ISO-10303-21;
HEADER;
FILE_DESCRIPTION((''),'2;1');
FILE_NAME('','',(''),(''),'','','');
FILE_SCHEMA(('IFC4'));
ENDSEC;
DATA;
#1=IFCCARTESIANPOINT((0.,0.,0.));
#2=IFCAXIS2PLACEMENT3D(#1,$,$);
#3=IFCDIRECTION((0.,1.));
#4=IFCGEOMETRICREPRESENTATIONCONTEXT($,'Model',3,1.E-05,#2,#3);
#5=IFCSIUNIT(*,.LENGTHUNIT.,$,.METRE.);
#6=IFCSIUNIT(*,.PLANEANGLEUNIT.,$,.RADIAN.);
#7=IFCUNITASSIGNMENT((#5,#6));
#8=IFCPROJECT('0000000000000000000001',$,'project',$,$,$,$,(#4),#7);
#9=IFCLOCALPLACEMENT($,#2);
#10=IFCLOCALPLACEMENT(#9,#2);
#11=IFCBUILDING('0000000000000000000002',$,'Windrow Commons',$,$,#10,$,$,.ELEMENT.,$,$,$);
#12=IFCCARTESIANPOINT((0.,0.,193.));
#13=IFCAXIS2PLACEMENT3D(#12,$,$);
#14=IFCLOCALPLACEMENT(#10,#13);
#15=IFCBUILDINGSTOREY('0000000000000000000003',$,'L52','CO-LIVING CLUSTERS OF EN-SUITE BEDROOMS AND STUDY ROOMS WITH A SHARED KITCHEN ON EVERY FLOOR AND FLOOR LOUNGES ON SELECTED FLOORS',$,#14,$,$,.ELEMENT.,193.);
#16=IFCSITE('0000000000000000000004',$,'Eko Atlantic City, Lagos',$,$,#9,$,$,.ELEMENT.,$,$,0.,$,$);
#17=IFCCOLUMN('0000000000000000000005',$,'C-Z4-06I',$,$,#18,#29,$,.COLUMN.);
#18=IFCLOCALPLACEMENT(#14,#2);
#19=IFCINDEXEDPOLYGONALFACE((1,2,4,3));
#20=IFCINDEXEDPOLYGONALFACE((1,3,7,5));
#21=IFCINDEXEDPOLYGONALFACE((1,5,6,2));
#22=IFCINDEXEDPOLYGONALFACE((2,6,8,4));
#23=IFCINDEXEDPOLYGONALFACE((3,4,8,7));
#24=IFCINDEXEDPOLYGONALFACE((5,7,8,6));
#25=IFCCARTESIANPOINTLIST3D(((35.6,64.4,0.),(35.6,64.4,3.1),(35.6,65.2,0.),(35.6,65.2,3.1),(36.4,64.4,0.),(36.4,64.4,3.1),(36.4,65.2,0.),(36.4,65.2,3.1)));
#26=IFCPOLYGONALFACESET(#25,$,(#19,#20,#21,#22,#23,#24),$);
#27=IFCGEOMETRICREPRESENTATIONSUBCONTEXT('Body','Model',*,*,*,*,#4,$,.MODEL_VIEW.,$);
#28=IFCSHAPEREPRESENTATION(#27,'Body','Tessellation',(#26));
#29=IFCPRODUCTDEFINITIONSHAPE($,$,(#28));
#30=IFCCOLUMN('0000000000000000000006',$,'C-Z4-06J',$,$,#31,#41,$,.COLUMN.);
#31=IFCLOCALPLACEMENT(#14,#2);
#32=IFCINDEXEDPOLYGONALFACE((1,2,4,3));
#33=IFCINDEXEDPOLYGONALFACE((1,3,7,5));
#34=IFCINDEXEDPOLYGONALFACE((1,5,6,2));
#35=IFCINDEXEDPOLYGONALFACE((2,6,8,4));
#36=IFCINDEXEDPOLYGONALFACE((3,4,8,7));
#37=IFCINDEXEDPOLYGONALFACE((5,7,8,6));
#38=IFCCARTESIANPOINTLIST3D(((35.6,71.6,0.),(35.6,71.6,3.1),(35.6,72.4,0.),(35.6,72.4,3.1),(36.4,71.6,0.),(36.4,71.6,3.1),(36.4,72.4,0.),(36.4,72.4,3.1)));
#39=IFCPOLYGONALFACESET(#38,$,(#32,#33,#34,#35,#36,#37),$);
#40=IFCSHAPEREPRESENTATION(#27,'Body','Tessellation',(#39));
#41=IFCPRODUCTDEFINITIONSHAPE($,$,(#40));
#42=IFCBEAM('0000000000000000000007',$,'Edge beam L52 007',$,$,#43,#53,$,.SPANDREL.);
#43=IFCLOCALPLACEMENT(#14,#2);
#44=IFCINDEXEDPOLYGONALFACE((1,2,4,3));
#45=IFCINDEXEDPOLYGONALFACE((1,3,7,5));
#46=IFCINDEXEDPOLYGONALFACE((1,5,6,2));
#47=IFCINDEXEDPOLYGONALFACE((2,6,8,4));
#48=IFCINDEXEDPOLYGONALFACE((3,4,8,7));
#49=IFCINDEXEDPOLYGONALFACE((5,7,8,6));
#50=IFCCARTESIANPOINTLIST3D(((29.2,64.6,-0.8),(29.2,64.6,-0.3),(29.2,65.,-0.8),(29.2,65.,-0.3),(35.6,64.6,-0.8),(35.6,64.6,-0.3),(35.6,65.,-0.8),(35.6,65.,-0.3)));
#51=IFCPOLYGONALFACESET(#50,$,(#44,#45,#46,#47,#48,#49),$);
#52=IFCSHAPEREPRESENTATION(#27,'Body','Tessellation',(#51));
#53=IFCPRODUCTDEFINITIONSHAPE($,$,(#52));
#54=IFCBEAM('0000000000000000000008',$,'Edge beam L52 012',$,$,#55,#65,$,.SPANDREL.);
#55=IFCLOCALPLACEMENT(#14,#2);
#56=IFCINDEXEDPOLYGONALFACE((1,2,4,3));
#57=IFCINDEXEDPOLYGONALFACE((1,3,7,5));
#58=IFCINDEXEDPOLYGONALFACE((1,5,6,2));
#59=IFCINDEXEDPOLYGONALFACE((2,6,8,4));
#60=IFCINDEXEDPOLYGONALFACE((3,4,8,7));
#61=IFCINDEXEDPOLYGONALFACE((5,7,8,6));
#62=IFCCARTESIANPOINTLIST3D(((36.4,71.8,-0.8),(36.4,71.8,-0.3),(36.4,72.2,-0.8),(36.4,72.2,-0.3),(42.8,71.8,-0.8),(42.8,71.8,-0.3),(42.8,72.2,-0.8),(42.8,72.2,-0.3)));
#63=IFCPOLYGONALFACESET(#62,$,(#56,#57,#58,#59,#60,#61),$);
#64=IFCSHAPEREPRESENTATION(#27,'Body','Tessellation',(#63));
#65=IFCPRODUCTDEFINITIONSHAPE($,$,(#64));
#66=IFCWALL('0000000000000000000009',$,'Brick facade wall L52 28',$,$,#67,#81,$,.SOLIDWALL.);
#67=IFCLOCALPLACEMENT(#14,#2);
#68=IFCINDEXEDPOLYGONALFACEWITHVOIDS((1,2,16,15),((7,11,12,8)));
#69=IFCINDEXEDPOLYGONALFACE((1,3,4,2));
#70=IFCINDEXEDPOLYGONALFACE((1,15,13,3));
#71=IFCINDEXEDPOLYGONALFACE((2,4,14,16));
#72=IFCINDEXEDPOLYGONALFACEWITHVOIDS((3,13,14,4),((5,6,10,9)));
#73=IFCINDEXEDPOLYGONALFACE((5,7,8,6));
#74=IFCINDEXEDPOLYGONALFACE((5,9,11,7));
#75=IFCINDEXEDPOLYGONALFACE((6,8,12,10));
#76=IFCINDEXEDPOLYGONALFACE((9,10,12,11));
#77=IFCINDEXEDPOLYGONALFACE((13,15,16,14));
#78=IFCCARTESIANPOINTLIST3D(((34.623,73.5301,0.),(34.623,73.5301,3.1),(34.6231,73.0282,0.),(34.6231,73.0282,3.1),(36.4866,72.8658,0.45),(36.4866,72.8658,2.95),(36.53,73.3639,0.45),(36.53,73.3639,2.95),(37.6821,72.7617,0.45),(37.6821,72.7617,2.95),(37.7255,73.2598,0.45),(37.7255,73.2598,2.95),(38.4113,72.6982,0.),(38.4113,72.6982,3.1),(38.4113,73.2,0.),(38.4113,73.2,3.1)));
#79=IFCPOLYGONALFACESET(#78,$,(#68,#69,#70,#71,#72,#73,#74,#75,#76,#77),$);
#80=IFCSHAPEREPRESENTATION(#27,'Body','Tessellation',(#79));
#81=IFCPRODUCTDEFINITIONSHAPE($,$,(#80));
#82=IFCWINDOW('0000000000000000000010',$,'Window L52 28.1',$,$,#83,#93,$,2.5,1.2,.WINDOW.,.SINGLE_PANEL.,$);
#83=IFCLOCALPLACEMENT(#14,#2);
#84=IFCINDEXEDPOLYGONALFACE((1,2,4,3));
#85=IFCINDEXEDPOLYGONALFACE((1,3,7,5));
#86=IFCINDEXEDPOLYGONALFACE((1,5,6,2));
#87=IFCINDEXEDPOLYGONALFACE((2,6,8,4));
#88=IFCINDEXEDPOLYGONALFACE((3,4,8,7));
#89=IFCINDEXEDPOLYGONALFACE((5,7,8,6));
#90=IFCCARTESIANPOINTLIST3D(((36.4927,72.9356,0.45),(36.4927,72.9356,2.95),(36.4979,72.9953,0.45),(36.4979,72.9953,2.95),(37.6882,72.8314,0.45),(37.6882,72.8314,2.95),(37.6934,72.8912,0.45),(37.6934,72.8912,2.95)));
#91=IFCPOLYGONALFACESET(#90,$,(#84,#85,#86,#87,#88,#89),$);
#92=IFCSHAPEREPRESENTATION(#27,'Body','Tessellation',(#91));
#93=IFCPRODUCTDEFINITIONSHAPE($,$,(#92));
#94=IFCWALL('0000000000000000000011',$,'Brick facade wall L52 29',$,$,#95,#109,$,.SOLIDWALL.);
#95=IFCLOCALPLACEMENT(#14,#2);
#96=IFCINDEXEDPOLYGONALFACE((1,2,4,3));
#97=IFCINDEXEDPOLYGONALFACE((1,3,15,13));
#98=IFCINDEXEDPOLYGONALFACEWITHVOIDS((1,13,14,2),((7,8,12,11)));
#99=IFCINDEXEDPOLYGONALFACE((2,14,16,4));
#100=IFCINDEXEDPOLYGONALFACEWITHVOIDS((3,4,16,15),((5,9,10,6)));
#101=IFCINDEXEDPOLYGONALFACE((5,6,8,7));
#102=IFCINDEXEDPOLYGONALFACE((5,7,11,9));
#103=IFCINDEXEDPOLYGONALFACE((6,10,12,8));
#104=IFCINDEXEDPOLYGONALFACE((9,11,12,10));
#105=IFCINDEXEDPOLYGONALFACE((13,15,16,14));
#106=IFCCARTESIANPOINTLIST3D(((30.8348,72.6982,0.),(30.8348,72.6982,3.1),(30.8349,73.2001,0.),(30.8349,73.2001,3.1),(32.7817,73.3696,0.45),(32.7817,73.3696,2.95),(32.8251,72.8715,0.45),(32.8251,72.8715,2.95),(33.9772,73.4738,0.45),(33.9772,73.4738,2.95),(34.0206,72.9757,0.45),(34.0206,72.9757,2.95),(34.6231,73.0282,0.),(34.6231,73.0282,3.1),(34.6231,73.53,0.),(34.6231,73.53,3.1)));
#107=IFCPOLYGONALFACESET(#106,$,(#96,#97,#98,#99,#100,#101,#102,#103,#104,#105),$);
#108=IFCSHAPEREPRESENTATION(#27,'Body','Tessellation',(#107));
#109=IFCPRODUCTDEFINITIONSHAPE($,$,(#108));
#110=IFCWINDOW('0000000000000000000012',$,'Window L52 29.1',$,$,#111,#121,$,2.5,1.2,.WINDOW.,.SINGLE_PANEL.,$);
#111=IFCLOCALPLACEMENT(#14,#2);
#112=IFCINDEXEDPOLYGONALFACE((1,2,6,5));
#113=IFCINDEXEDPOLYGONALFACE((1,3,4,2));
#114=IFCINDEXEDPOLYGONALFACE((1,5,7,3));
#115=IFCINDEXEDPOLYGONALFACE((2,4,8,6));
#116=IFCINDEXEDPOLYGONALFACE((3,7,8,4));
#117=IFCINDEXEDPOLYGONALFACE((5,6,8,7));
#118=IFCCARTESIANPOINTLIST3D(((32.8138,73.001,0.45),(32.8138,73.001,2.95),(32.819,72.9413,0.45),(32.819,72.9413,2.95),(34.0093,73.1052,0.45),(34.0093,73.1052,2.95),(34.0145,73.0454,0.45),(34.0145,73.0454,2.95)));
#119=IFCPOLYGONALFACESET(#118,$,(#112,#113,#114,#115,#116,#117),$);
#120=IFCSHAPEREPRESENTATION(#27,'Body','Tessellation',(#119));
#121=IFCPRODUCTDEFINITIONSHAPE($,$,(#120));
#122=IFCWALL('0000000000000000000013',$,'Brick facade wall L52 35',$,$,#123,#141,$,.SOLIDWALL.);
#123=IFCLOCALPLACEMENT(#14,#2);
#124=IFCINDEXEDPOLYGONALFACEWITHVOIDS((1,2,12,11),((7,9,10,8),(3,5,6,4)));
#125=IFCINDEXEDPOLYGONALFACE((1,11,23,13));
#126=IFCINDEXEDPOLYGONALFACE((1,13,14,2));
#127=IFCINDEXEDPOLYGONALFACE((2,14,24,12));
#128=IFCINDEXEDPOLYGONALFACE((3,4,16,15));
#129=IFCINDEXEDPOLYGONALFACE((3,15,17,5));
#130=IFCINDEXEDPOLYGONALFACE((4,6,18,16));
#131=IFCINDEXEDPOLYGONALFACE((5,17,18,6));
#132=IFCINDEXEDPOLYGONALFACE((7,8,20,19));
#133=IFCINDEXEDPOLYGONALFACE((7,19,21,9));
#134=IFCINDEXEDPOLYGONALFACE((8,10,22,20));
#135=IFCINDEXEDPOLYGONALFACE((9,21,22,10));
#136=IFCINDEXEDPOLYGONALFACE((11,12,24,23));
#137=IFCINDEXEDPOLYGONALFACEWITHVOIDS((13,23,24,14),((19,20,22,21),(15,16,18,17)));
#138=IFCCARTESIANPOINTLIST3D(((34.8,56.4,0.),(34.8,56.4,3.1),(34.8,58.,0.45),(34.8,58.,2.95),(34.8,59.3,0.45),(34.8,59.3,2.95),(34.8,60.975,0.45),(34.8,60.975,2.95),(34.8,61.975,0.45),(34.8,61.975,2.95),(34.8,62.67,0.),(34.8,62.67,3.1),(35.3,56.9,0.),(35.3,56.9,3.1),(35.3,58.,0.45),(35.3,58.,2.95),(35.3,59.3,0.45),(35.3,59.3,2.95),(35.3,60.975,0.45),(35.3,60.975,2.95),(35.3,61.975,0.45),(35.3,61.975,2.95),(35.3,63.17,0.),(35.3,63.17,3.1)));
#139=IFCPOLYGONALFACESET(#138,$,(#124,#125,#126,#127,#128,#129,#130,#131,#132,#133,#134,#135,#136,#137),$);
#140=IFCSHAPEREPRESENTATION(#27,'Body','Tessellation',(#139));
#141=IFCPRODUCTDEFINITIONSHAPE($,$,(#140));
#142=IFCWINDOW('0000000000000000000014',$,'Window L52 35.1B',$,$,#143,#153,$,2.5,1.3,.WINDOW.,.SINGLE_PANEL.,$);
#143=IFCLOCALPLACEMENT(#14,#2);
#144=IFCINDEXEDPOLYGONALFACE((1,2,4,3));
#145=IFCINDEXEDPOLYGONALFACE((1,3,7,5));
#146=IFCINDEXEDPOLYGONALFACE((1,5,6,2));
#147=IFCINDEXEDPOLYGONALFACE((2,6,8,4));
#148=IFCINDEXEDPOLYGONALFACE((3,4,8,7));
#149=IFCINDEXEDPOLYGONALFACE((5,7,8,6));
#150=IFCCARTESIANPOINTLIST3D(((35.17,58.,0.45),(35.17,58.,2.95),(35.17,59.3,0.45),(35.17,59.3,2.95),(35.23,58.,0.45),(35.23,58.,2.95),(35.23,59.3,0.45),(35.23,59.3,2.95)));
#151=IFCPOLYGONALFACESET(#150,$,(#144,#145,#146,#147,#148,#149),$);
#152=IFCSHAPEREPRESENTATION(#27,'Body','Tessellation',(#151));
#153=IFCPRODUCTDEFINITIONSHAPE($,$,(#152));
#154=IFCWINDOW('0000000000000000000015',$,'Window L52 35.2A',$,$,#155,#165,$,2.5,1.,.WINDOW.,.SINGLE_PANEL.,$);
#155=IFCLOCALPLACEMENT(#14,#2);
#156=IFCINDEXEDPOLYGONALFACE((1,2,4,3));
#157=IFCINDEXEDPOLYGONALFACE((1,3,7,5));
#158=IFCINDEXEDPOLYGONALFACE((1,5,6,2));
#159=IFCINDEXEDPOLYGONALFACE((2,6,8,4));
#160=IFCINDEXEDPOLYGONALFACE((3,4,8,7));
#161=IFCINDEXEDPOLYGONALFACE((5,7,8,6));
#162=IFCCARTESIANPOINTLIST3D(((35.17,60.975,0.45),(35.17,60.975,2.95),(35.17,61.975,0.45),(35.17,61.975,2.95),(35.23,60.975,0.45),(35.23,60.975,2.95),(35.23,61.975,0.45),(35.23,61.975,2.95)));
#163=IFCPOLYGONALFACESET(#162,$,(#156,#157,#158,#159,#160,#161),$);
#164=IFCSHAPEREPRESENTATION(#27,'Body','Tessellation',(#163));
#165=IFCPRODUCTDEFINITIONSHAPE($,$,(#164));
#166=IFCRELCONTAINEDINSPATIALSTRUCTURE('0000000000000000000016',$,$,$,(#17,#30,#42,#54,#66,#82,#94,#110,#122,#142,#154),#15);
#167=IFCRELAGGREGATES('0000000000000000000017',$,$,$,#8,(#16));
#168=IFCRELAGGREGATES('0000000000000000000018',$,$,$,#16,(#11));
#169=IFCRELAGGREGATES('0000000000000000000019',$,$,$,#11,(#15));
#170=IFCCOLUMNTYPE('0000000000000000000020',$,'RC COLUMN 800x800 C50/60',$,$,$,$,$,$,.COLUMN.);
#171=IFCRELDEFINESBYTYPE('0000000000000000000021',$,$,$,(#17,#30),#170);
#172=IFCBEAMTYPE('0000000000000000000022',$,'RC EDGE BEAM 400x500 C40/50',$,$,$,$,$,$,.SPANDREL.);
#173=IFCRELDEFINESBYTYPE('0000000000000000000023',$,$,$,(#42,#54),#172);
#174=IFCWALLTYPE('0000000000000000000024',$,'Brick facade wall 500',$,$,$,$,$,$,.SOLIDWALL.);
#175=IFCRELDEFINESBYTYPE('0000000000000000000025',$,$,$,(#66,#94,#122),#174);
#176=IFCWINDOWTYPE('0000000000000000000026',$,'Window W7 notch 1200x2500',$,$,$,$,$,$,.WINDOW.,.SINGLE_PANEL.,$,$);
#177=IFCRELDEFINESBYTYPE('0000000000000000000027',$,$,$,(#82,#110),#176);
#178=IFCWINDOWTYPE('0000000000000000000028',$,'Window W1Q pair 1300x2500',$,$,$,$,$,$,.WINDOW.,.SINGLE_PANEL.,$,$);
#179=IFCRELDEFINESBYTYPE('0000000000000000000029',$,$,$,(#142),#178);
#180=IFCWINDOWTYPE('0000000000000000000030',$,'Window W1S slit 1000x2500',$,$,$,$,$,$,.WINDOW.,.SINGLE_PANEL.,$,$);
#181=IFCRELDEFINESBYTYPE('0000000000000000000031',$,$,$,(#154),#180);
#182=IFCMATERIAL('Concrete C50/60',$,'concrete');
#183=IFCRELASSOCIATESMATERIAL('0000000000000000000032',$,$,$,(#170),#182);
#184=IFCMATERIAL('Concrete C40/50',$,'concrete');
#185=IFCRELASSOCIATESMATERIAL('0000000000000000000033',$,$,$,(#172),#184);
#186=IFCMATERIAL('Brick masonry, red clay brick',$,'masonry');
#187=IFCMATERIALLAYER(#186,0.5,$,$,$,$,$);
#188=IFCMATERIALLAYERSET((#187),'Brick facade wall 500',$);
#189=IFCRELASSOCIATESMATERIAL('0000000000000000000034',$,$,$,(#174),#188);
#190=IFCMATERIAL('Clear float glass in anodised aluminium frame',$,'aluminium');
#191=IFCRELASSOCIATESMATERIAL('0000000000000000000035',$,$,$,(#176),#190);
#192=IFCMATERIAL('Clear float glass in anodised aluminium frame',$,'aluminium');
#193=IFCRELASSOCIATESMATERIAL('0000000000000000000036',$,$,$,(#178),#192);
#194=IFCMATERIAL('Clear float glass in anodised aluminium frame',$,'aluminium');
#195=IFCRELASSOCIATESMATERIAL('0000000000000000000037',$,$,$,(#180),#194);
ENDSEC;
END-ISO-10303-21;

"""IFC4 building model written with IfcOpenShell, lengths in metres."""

from ifc_helpers import new_model, si_unit, direction, frame, frame_2d, origin, origin_2d, place, context, subcontext, project, spatial, polyline, rectangle, outline, extrude, material, layer, layer_set, material_profile, profile_set, type_object, element, fill, save


model = new_model("IFC4")

# Units and contexts
model_context = context("Model", 3, precision=1e-05, world=origin(), true_north=direction((0.0, 1.0)))
body_context = subcontext(model_context, "Body", "Model", "MODEL_VIEW")
ifc_project = project(units=[si_unit("LENGTHUNIT", "METRE"), si_unit("PLANEANGLEUNIT", "RADIAN")], contexts=[model_context])

# Site, building, storey
site_placement = place(None, origin())
site = spatial("IfcSite", under=ifc_project, at=site_placement, Name="Eko Atlantic City, Lagos", CompositionType="ELEMENT", RefElevation=0.0)
building_placement = place(site_placement, origin())
building = spatial("IfcBuilding", under=site, at=building_placement, Name="Windrow Commons", CompositionType="ELEMENT")
storey_placement = place(building_placement, frame((0.0, 0.0, 193.0)))
storey = spatial("IfcBuildingStorey", under=building, at=storey_placement, Name="L52", Description="CO-LIVING CLUSTERS OF EN-SUITE BEDROOMS AND STUDY ROOMS WITH A SHARED KITCHEN ON EVERY FLOOR AND FLOOR LOUNGES ON SELECTED FLOORS", CompositionType="ELEMENT", Elevation=193.0)

# Columns
ifc_material_1 = material(Name="Concrete C50/60", Category="concrete")
ifc_material_profile_1 = material_profile(ifc_material_1, rectangle(XDim=0.8, YDim=0.8, at=origin_2d()))
ifc_profile_set_1 = profile_set([ifc_material_profile_1], Name="Concrete C50/60")
column_type = type_object("IfcColumnType", Name="RC COLUMN 800x800 C50/60", PredefinedType="COLUMN", material=ifc_profile_set_1)
for number, where, z_axis, x_axis, name in (
    (1, (36.0, 64.8, 0.0), (0.0, 0.0, 1.0), (1.0, 0.0, 0.0), "C-Z4-06I"),
    (2, (36.0, 72.0, 0.0), (0.0, 0.0, 1.0), (1.0, 0.0, 0.0), "C-Z4-06J"),
):
    element("IfcColumn", number, at=place(storey_placement, frame(where, z_axis=z_axis, x_axis=x_axis)), inside=storey, type_object=column_type, Name=name, PredefinedType="COLUMN", context=body_context, shape_type="SweptSolid", body=[
        extrude(rectangle(XDim=0.8, YDim=0.8, at=origin_2d()), origin(), (0.0, 0.0, 1.0), 3.1),
    ])

# Beams
ifc_material_2 = material(Name="Concrete C40/50", Category="concrete")
ifc_material_profile_2 = material_profile(ifc_material_2, rectangle(XDim=0.4, YDim=0.5, at=origin_2d()))
ifc_profile_set_2 = profile_set([ifc_material_profile_2], Name="Concrete C40/50")
beam_type = type_object("IfcBeamType", Name="RC EDGE BEAM 400x500 C40/50", PredefinedType="SPANDREL", material=ifc_profile_set_2)
for number, where, z_axis, x_axis, name in (
    (3, (35.6, 64.8, -0.55), (-1.0, 0.0, 0.0), (0.0, -1.0, 0.0), "Edge beam L52 007"),
    (4, (36.4, 72.0, -0.55), (1.0, 0.0, 0.0), (0.0, 1.0, 0.0), "Edge beam L52 012"),
):
    element("IfcBeam", number, at=place(storey_placement, frame(where, z_axis=z_axis, x_axis=x_axis)), inside=storey, type_object=beam_type, Name=name, PredefinedType="SPANDREL", context=body_context, shape_type="SweptSolid", body=[
        extrude(rectangle(XDim=0.4, YDim=0.5, at=origin_2d()), origin(), (0.0, 0.0, 1.0), 6.4),
    ])

# Walls, openings, windows
ifc_material_3 = material(Name="Brick masonry, red clay brick", Category="masonry")
ifc_layer_1 = layer(ifc_material_3, 0.5)
ifc_layer_set_1 = layer_set([ifc_layer_1], Name="Brick facade wall 500")
wall_type_1 = type_object("IfcWallType", Name="Brick facade wall 500", PredefinedType="SOLIDWALL", material=ifc_layer_set_1)
wall_1_placement = place(storey_placement, frame((38.4113, 72.9491, 0.0), z_axis=(0.0, 0.0, 1.0), x_axis=(-0.996227, 0.086784, 0.0)))
wall_1 = element("IfcWall", 5, at=wall_1_placement, inside=storey, type_object=wall_type_1, Name="Brick facade wall L52 28", PredefinedType="SOLIDWALL", context=body_context, shape_type="SweptSolid", body=[
    extrude(outline(polyline([(0.0218, -0.25), (3.8244, -0.25), (3.7808, 0.25), (-0.0218, 0.25), (0.0218, -0.25)])), origin(), (0.0, 0.0, 1.0), 3.1),
])
opening_1_placement = place(wall_1_placement, frame((0.7102, 0.0, 0.45)))
opening_1 = element("IfcOpeningElement", 6, at=opening_1_placement, cuts=wall_1, PredefinedType="OPENING", context=body_context, shape_type="SweptSolid", body=[
    extrude(rectangle(XDim=1.2, YDim=2.5, at=frame_2d((0.6, 1.25))), frame((0.0, 0.26, 0.0), z_axis=(0.0, -1.0, 0.0), x_axis=(1.0, 0.0, 0.0)), (0.0, 0.0, 1.0), 0.52),
])
ifc_material_4 = material(Name="Clear float glass in anodised aluminium frame", Category="aluminium")
window_type_1 = type_object("IfcWindowType", Name="Window W7 notch 1200x2500", PartitioningType="SINGLE_PANEL", PredefinedType="WINDOW", material=ifc_material_4)
window_1_placement = place(opening_1_placement, origin())
window_1 = element("IfcWindow", 7, at=window_1_placement, inside=storey, type_object=window_type_1, Name="Window L52 28.1", OverallHeight=2.5, OverallWidth=1.2, PartitioningType="SINGLE_PANEL", PredefinedType="WINDOW", context=body_context, shape_type="SweptSolid", body=[
    extrude(rectangle(XDim=1.2, YDim=2.5, at=frame_2d((0.6, 1.25))), frame((0.0, 0.18, 0.0), z_axis=(0.0, -1.0, 0.0), x_axis=(1.0, 0.0, 0.0)), (0.0, 0.0, 1.0), 0.06),
])
fill(opening_1, window_1)
wall_2_placement = place(storey_placement, frame((34.6231, 73.2791, 0.0), z_axis=(0.0, 0.0, 1.0), x_axis=(-0.996227, -0.086782, 0.0)))
wall_2 = element("IfcWall", 8, at=wall_2_placement, inside=storey, type_object=wall_type_1, Name="Brick facade wall L52 29", PredefinedType="SOLIDWALL", context=body_context, shape_type="SweptSolid", body=[
    extrude(outline(polyline([(-0.0218, -0.25), (3.7808, -0.25), (3.8244, 0.25), (0.0218, 0.25), (-0.0218, -0.25)])), origin(), (0.0, 0.0, 1.0), 3.1),
])
opening_2_placement = place(wall_2_placement, frame((0.6266, 0.0, 0.45)))
opening_2 = element("IfcOpeningElement", 9, at=opening_2_placement, cuts=wall_2, PredefinedType="OPENING", context=body_context, shape_type="SweptSolid", body=[
    extrude(rectangle(XDim=1.2, YDim=2.5, at=frame_2d((0.6, 1.25))), frame((0.0, 0.26, 0.0), z_axis=(0.0, -1.0, 0.0), x_axis=(1.0, 0.0, 0.0)), (0.0, 0.0, 1.0), 0.52),
])
window_2_placement = place(opening_2_placement, origin())
window_2 = element("IfcWindow", 10, at=window_2_placement, inside=storey, type_object=window_type_1, Name="Window L52 29.1", OverallHeight=2.5, OverallWidth=1.2, PartitioningType="SINGLE_PANEL", PredefinedType="WINDOW", context=body_context, shape_type="SweptSolid", body=[
    extrude(rectangle(XDim=1.2, YDim=2.5, at=frame_2d((0.6, 1.25))), frame((0.0, 0.18, 0.0), z_axis=(0.0, -1.0, 0.0), x_axis=(1.0, 0.0, 0.0)), (0.0, 0.0, 1.0), 0.06),
])
fill(opening_2, window_2)

# Wall, openings, windows
wall_3_placement = place(storey_placement, frame((35.05, 62.92, 0.0), z_axis=(0.0, 0.0, 1.0), x_axis=(0.0, -1.0, 0.0)))
wall_3 = element("IfcWall", 11, at=wall_3_placement, inside=storey, type_object=wall_type_1, Name="Brick facade wall L52 35", PredefinedType="SOLIDWALL", context=body_context, shape_type="SweptSolid", body=[
    extrude(outline(polyline([(0.25, -0.25), (6.52, -0.25), (6.02, 0.25), (-0.25, 0.25), (0.25, -0.25)])), origin(), (0.0, 0.0, 1.0), 3.1),
])
opening_3_placement = place(wall_3_placement, frame((3.62, 0.0, 0.45)))
opening_3 = element("IfcOpeningElement", 12, at=opening_3_placement, cuts=wall_3, PredefinedType="OPENING", context=body_context, shape_type="SweptSolid", body=[
    extrude(rectangle(XDim=1.3, YDim=2.5, at=frame_2d((0.65, 1.25))), frame((0.0, 0.26, 0.0), z_axis=(0.0, -1.0, 0.0), x_axis=(1.0, 0.0, 0.0)), (0.0, 0.0, 1.0), 0.52),
])
opening_4_placement = place(wall_3_placement, frame((0.945, 0.0, 0.45)))
opening_4 = element("IfcOpeningElement", 13, at=opening_4_placement, cuts=wall_3, PredefinedType="OPENING", context=body_context, shape_type="SweptSolid", body=[
    extrude(rectangle(XDim=1.0, YDim=2.5, at=frame_2d((0.5, 1.25))), frame((0.0, 0.26, 0.0), z_axis=(0.0, -1.0, 0.0), x_axis=(1.0, 0.0, 0.0)), (0.0, 0.0, 1.0), 0.52),
])
ifc_material_5 = material(Name="Clear float glass in anodised aluminium frame", Category="aluminium")
window_type_2 = type_object("IfcWindowType", Name="Window W1Q pair 1300x2500", PartitioningType="SINGLE_PANEL", PredefinedType="WINDOW", material=ifc_material_5)
window_3_placement = place(opening_3_placement, origin())
window_3 = element("IfcWindow", 14, at=window_3_placement, inside=storey, type_object=window_type_2, Name="Window L52 35.1B", OverallHeight=2.5, OverallWidth=1.3, PartitioningType="SINGLE_PANEL", PredefinedType="WINDOW", context=body_context, shape_type="SweptSolid", body=[
    extrude(rectangle(XDim=1.3, YDim=2.5, at=frame_2d((0.65, 1.25))), frame((0.0, 0.18, 0.0), z_axis=(0.0, -1.0, 0.0), x_axis=(1.0, 0.0, 0.0)), (0.0, 0.0, 1.0), 0.06),
])
fill(opening_3, window_3)
ifc_material_6 = material(Name="Clear float glass in anodised aluminium frame", Category="aluminium")
window_type_3 = type_object("IfcWindowType", Name="Window W1S slit 1000x2500", PartitioningType="SINGLE_PANEL", PredefinedType="WINDOW", material=ifc_material_6)
window_4_placement = place(opening_4_placement, origin())
window_4 = element("IfcWindow", 15, at=window_4_placement, inside=storey, type_object=window_type_3, Name="Window L52 35.2A", OverallHeight=2.5, OverallWidth=1.0, PartitioningType="SINGLE_PANEL", PredefinedType="WINDOW", context=body_context, shape_type="SweptSolid", body=[
    extrude(rectangle(XDim=1.0, YDim=2.5, at=frame_2d((0.5, 1.25))), frame((0.0, 0.18, 0.0), z_axis=(0.0, -1.0, 0.0), x_axis=(1.0, 0.0, 0.0)), (0.0, 0.0, 1.0), 0.06),
])
fill(opening_4, window_4)

save(model, "model.ifc")
